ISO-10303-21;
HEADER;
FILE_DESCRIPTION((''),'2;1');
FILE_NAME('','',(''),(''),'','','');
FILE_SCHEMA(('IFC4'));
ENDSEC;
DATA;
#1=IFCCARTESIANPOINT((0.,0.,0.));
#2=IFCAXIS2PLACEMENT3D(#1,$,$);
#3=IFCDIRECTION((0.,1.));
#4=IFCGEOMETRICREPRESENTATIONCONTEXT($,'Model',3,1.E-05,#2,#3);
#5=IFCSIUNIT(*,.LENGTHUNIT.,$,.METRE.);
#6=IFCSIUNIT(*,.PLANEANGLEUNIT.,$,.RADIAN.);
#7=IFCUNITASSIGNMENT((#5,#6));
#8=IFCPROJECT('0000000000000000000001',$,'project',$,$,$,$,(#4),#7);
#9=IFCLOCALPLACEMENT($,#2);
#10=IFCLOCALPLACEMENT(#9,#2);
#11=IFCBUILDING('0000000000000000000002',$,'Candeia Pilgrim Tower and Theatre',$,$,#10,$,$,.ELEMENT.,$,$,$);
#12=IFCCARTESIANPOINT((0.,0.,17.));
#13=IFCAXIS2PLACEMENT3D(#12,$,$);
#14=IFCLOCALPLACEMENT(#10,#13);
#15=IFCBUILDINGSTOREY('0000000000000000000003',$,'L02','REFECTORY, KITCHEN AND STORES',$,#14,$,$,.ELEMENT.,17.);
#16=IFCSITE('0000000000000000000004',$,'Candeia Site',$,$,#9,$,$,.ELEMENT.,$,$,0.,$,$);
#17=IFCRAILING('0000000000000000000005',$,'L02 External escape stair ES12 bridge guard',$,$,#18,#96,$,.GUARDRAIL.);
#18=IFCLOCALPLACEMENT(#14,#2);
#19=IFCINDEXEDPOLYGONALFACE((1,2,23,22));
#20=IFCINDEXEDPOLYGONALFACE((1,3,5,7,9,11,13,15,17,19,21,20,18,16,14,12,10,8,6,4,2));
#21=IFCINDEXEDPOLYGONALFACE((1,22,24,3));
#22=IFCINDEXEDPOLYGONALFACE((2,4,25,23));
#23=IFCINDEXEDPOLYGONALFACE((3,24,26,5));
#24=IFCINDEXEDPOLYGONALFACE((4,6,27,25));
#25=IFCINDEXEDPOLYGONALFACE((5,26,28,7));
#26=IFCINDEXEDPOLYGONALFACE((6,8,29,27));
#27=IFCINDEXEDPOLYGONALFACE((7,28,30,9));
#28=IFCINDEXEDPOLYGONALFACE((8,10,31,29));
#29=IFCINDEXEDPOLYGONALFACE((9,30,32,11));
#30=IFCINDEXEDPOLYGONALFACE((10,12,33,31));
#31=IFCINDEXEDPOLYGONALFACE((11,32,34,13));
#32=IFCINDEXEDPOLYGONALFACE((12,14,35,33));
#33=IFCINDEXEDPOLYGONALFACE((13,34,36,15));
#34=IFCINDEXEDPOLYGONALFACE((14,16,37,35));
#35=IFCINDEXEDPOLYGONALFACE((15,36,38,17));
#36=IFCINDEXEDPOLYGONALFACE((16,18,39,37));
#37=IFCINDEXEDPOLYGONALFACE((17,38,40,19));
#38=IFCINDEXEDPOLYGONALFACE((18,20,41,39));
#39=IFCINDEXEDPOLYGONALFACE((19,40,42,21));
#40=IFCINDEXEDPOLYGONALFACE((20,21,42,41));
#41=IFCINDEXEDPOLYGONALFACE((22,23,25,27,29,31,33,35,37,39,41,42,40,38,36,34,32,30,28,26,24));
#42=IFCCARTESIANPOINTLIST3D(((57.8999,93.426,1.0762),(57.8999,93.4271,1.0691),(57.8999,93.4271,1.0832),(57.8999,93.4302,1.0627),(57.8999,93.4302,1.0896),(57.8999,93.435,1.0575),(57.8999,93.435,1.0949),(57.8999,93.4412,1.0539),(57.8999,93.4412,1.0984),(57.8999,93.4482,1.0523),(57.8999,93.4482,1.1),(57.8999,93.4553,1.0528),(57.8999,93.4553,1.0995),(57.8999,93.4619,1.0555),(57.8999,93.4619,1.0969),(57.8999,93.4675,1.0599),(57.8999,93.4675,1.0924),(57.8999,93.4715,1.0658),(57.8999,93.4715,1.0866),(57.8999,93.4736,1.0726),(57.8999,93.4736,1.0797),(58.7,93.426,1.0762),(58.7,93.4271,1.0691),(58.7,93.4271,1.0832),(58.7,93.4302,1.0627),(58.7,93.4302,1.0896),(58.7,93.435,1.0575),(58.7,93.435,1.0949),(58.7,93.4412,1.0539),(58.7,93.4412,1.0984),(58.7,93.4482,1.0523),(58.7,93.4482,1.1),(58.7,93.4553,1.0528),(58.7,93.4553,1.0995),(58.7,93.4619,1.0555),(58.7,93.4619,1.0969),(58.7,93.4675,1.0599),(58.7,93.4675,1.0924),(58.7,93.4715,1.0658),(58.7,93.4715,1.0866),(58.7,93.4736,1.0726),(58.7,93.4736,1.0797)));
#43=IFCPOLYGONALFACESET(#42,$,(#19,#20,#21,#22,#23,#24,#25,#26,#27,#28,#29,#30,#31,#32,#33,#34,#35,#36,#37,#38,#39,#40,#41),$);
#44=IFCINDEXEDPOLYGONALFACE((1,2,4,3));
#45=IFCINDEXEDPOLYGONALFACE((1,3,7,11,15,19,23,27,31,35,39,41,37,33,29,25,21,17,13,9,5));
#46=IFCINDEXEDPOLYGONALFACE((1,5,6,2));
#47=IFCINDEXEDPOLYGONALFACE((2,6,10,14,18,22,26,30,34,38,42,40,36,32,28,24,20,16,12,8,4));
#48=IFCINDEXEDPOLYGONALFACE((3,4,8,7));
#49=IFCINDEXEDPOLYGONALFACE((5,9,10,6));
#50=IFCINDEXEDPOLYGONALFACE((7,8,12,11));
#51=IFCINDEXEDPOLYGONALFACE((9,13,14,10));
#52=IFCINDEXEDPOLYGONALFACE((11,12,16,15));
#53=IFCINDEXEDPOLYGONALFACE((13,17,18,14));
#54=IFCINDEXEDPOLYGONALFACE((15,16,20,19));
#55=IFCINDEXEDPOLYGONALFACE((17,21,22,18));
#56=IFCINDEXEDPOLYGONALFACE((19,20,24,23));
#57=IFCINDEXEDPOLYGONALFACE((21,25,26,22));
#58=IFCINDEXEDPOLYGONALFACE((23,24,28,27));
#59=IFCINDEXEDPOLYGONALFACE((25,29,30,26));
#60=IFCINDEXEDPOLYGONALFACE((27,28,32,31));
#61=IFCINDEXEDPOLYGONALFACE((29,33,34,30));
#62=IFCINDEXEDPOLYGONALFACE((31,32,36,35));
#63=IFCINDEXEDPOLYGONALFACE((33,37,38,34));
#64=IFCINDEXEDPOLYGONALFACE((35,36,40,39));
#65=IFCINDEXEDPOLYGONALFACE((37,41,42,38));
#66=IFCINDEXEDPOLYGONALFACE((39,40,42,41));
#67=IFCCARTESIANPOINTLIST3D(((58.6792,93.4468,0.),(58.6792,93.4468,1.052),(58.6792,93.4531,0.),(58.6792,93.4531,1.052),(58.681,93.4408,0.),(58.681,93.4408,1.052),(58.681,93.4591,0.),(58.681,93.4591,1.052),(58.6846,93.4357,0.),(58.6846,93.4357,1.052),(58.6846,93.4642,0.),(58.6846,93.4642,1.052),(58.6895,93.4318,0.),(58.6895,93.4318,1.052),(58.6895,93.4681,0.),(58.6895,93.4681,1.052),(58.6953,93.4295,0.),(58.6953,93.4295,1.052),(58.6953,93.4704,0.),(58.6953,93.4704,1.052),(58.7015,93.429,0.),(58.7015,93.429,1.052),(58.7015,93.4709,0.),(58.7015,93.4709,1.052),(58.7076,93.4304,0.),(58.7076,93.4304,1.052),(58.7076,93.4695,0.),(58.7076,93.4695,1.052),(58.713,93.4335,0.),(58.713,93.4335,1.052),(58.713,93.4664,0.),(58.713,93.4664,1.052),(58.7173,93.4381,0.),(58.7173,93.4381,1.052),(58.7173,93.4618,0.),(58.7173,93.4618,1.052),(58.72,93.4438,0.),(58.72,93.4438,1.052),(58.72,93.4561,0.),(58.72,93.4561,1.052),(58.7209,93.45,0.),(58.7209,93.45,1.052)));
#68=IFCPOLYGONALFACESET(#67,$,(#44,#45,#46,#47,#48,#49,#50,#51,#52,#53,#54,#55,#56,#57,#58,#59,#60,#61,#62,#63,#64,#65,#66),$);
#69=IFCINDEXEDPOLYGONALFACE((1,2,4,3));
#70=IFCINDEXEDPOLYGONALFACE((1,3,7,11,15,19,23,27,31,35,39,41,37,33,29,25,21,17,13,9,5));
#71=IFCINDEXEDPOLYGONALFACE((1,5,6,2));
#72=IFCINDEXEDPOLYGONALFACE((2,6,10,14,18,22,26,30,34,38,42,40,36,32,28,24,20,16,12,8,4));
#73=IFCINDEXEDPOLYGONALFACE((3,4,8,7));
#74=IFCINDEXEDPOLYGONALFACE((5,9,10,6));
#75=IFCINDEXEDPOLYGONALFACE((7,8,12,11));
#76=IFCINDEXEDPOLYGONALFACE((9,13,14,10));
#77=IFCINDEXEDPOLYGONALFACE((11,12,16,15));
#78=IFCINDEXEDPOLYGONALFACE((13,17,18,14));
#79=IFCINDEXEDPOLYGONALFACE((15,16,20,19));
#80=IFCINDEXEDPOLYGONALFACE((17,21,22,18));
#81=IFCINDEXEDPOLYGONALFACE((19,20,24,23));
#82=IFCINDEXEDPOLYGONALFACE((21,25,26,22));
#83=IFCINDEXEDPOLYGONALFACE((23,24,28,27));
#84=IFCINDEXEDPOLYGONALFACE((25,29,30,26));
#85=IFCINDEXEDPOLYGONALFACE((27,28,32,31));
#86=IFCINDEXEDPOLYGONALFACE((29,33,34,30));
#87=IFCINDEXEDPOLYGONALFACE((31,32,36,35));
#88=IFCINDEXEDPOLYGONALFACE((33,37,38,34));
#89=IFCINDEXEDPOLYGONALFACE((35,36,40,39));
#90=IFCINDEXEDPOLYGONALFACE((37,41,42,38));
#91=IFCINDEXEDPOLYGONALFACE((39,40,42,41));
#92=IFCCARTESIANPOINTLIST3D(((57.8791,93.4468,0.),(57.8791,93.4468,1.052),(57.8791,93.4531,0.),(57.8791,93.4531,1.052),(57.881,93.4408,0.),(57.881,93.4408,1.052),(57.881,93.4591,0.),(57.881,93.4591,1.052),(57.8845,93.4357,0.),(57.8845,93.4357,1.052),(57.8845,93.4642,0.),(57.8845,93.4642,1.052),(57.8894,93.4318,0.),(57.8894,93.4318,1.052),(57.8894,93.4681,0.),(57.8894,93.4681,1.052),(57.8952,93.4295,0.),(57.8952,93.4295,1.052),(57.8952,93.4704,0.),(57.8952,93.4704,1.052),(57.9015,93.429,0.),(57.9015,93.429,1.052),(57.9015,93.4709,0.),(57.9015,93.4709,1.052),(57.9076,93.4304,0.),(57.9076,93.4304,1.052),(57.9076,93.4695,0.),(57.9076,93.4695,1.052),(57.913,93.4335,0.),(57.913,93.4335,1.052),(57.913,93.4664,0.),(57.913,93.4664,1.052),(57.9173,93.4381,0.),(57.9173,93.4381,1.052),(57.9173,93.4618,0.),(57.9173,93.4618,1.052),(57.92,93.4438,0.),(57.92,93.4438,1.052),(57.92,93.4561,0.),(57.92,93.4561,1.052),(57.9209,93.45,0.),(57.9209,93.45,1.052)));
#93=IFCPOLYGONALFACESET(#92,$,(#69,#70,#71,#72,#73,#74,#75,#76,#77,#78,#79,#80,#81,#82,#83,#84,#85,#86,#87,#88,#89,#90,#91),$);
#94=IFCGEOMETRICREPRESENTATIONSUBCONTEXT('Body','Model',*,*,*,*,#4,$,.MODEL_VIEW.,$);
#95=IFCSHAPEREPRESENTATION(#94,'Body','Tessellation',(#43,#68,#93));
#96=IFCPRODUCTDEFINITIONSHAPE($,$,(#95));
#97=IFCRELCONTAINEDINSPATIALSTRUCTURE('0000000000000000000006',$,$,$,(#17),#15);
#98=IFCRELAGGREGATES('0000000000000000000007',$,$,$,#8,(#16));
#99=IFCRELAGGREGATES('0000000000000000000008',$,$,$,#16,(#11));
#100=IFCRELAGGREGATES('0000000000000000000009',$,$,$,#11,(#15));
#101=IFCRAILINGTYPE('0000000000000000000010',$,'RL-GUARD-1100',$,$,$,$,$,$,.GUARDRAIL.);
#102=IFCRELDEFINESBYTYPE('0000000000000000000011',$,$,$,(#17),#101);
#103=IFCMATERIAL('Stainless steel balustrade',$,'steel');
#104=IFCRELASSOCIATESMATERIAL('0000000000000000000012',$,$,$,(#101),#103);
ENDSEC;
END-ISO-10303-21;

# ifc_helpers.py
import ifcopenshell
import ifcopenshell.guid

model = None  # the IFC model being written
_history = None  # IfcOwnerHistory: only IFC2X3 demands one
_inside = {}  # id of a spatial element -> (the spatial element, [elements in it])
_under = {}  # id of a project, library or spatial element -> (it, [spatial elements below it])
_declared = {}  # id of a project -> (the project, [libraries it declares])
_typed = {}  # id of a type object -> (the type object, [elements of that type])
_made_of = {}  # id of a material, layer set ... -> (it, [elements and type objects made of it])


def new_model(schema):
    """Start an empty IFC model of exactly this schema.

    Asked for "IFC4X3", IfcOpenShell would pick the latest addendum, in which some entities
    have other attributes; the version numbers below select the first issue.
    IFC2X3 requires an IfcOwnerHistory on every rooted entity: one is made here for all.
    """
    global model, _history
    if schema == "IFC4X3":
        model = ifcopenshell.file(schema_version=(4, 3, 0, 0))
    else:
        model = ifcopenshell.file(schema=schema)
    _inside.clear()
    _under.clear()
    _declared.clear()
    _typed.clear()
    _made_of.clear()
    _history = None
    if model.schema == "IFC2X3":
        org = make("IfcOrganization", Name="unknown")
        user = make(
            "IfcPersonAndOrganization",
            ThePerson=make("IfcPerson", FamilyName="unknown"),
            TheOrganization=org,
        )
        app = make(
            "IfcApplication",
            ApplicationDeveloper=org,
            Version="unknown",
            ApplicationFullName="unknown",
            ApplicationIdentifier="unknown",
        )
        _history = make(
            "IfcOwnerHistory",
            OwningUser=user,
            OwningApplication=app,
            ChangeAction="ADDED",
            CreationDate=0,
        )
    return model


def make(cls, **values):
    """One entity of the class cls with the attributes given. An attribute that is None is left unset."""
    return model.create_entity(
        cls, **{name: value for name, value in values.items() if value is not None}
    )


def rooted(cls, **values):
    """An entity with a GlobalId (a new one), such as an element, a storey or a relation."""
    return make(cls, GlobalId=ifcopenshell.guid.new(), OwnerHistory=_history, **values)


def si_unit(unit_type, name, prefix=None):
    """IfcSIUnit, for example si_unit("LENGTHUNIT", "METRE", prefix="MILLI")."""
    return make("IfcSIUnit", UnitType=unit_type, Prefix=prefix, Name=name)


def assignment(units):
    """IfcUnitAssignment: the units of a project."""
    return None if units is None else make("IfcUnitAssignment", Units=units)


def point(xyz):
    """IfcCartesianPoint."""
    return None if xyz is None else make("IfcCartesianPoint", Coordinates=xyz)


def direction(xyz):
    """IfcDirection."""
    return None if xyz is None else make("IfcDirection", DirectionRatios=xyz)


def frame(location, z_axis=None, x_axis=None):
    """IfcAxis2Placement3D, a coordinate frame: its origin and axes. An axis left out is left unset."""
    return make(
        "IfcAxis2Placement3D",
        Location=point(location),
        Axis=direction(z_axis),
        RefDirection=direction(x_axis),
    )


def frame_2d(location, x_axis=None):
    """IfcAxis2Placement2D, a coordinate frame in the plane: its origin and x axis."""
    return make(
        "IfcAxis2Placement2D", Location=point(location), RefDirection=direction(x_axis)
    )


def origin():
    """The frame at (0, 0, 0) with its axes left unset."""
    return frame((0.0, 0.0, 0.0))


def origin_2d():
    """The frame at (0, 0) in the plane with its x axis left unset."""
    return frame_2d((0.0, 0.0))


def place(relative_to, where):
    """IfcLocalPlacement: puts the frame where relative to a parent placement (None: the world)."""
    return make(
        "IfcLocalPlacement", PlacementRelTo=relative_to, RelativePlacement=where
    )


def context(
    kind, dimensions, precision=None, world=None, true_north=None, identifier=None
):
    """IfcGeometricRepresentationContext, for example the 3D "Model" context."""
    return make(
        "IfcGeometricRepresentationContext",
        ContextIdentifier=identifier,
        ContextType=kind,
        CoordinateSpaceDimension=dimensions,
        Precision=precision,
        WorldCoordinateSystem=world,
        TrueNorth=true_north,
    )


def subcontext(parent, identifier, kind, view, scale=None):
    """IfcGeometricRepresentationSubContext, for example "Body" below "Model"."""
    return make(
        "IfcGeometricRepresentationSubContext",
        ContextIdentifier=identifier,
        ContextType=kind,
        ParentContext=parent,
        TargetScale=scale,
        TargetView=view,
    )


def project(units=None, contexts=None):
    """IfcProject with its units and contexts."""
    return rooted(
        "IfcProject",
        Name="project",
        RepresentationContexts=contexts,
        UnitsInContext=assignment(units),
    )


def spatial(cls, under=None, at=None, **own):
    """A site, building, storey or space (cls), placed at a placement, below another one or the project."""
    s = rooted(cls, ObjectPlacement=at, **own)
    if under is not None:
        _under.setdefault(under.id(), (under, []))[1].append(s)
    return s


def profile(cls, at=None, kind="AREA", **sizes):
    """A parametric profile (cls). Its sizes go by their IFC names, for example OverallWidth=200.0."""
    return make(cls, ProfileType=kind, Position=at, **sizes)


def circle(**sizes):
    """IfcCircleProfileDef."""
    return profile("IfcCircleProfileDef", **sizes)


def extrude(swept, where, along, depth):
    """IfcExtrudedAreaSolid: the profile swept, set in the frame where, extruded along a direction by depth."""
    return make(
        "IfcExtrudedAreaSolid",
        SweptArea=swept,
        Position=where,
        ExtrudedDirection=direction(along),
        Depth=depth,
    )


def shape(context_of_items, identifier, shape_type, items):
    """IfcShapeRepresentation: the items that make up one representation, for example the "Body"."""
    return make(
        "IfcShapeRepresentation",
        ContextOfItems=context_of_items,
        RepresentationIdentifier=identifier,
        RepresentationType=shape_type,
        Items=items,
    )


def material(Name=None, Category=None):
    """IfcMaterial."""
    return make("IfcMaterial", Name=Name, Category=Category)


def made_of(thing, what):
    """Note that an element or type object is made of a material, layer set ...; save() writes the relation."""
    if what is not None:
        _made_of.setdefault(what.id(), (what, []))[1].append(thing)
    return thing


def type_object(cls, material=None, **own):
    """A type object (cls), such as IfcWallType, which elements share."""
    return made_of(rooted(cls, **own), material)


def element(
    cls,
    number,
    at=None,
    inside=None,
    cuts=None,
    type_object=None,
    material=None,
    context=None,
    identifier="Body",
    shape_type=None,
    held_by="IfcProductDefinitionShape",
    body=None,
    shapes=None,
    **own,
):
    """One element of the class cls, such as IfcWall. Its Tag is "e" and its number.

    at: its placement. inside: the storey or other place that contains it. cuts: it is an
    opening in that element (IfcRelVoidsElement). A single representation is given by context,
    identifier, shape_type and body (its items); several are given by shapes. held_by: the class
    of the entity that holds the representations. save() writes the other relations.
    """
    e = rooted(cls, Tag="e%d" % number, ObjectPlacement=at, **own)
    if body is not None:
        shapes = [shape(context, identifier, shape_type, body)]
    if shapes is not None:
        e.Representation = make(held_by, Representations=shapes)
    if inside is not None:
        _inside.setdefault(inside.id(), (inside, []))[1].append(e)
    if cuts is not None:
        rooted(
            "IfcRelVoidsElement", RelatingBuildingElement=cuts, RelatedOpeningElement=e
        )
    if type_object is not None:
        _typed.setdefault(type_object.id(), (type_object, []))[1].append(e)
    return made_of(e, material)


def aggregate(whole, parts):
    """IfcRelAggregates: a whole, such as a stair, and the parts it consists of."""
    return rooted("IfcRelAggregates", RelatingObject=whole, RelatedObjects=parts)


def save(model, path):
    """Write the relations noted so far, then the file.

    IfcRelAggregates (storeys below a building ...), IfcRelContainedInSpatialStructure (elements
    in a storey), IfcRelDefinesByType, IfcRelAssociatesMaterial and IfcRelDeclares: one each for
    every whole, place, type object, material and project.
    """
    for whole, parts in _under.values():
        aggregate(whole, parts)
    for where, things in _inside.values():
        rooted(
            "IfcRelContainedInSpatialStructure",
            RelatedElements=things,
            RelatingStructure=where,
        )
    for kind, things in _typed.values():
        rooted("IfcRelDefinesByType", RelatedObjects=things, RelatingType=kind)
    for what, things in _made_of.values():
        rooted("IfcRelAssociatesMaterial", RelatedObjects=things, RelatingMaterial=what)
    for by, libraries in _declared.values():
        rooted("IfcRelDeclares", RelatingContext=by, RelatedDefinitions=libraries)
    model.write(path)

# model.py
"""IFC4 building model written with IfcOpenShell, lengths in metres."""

from ifc_helpers import new_model, si_unit, direction, frame, origin, origin_2d, place, context, subcontext, project, spatial, circle, extrude, material, type_object, element, save


model = new_model("IFC4")

# Units and contexts
model_context = context("Model", 3, precision=1e-05, world=origin(), true_north=direction((0.0, 1.0)))
body_context = subcontext(model_context, "Body", "Model", "MODEL_VIEW")
ifc_project = project(units=[si_unit("LENGTHUNIT", "METRE"), si_unit("PLANEANGLEUNIT", "RADIAN")], contexts=[model_context])

# Site, building, storey
site_placement = place(None, origin())
site = spatial("IfcSite", under=ifc_project, at=site_placement, Name="Candeia Site", CompositionType="ELEMENT", RefElevation=0.0)
building_placement = place(site_placement, origin())
building = spatial("IfcBuilding", under=site, at=building_placement, Name="Candeia Pilgrim Tower and Theatre", CompositionType="ELEMENT")
storey_placement = place(building_placement, frame((0.0, 0.0, 17.0)))
storey = spatial("IfcBuildingStorey", under=building, at=storey_placement, Name="L02", Description="REFECTORY, KITCHEN AND STORES", CompositionType="ELEMENT", Elevation=17.0)

# Railing
ifc_material_1 = material(Name="Stainless steel balustrade", Category="steel")
railing_type_1 = type_object("IfcRailingType", Name="RL-GUARD-1100", PredefinedType="GUARDRAIL", material=ifc_material_1)
railing_1_placement = place(storey_placement, frame((58.7, 93.45, 0.0)))
element("IfcRailing", 1, at=railing_1_placement, inside=storey, type_object=railing_type_1, Name="L02 External escape stair ES12 bridge guard", PredefinedType="GUARDRAIL", context=body_context, shape_type="SweptSolid", body=[
    extrude(circle(Radius=0.0239, at=origin_2d()), frame((0.0, 0.0, 1.0762), z_axis=(-1.0, 0.0, 0.0), x_axis=(0.0, -1.0, 0.0)), (0.0, 0.0, 1.0), 0.8),
    extrude(circle(Radius=0.021, at=origin_2d()), origin(), (0.0, 0.0, 1.0), 1.052),
    extrude(circle(Radius=0.021, at=origin_2d()), frame((-0.8, 0.0, 0.0)), (0.0, 0.0, 1.0), 1.052),
])

save(model, "model.ifc")
